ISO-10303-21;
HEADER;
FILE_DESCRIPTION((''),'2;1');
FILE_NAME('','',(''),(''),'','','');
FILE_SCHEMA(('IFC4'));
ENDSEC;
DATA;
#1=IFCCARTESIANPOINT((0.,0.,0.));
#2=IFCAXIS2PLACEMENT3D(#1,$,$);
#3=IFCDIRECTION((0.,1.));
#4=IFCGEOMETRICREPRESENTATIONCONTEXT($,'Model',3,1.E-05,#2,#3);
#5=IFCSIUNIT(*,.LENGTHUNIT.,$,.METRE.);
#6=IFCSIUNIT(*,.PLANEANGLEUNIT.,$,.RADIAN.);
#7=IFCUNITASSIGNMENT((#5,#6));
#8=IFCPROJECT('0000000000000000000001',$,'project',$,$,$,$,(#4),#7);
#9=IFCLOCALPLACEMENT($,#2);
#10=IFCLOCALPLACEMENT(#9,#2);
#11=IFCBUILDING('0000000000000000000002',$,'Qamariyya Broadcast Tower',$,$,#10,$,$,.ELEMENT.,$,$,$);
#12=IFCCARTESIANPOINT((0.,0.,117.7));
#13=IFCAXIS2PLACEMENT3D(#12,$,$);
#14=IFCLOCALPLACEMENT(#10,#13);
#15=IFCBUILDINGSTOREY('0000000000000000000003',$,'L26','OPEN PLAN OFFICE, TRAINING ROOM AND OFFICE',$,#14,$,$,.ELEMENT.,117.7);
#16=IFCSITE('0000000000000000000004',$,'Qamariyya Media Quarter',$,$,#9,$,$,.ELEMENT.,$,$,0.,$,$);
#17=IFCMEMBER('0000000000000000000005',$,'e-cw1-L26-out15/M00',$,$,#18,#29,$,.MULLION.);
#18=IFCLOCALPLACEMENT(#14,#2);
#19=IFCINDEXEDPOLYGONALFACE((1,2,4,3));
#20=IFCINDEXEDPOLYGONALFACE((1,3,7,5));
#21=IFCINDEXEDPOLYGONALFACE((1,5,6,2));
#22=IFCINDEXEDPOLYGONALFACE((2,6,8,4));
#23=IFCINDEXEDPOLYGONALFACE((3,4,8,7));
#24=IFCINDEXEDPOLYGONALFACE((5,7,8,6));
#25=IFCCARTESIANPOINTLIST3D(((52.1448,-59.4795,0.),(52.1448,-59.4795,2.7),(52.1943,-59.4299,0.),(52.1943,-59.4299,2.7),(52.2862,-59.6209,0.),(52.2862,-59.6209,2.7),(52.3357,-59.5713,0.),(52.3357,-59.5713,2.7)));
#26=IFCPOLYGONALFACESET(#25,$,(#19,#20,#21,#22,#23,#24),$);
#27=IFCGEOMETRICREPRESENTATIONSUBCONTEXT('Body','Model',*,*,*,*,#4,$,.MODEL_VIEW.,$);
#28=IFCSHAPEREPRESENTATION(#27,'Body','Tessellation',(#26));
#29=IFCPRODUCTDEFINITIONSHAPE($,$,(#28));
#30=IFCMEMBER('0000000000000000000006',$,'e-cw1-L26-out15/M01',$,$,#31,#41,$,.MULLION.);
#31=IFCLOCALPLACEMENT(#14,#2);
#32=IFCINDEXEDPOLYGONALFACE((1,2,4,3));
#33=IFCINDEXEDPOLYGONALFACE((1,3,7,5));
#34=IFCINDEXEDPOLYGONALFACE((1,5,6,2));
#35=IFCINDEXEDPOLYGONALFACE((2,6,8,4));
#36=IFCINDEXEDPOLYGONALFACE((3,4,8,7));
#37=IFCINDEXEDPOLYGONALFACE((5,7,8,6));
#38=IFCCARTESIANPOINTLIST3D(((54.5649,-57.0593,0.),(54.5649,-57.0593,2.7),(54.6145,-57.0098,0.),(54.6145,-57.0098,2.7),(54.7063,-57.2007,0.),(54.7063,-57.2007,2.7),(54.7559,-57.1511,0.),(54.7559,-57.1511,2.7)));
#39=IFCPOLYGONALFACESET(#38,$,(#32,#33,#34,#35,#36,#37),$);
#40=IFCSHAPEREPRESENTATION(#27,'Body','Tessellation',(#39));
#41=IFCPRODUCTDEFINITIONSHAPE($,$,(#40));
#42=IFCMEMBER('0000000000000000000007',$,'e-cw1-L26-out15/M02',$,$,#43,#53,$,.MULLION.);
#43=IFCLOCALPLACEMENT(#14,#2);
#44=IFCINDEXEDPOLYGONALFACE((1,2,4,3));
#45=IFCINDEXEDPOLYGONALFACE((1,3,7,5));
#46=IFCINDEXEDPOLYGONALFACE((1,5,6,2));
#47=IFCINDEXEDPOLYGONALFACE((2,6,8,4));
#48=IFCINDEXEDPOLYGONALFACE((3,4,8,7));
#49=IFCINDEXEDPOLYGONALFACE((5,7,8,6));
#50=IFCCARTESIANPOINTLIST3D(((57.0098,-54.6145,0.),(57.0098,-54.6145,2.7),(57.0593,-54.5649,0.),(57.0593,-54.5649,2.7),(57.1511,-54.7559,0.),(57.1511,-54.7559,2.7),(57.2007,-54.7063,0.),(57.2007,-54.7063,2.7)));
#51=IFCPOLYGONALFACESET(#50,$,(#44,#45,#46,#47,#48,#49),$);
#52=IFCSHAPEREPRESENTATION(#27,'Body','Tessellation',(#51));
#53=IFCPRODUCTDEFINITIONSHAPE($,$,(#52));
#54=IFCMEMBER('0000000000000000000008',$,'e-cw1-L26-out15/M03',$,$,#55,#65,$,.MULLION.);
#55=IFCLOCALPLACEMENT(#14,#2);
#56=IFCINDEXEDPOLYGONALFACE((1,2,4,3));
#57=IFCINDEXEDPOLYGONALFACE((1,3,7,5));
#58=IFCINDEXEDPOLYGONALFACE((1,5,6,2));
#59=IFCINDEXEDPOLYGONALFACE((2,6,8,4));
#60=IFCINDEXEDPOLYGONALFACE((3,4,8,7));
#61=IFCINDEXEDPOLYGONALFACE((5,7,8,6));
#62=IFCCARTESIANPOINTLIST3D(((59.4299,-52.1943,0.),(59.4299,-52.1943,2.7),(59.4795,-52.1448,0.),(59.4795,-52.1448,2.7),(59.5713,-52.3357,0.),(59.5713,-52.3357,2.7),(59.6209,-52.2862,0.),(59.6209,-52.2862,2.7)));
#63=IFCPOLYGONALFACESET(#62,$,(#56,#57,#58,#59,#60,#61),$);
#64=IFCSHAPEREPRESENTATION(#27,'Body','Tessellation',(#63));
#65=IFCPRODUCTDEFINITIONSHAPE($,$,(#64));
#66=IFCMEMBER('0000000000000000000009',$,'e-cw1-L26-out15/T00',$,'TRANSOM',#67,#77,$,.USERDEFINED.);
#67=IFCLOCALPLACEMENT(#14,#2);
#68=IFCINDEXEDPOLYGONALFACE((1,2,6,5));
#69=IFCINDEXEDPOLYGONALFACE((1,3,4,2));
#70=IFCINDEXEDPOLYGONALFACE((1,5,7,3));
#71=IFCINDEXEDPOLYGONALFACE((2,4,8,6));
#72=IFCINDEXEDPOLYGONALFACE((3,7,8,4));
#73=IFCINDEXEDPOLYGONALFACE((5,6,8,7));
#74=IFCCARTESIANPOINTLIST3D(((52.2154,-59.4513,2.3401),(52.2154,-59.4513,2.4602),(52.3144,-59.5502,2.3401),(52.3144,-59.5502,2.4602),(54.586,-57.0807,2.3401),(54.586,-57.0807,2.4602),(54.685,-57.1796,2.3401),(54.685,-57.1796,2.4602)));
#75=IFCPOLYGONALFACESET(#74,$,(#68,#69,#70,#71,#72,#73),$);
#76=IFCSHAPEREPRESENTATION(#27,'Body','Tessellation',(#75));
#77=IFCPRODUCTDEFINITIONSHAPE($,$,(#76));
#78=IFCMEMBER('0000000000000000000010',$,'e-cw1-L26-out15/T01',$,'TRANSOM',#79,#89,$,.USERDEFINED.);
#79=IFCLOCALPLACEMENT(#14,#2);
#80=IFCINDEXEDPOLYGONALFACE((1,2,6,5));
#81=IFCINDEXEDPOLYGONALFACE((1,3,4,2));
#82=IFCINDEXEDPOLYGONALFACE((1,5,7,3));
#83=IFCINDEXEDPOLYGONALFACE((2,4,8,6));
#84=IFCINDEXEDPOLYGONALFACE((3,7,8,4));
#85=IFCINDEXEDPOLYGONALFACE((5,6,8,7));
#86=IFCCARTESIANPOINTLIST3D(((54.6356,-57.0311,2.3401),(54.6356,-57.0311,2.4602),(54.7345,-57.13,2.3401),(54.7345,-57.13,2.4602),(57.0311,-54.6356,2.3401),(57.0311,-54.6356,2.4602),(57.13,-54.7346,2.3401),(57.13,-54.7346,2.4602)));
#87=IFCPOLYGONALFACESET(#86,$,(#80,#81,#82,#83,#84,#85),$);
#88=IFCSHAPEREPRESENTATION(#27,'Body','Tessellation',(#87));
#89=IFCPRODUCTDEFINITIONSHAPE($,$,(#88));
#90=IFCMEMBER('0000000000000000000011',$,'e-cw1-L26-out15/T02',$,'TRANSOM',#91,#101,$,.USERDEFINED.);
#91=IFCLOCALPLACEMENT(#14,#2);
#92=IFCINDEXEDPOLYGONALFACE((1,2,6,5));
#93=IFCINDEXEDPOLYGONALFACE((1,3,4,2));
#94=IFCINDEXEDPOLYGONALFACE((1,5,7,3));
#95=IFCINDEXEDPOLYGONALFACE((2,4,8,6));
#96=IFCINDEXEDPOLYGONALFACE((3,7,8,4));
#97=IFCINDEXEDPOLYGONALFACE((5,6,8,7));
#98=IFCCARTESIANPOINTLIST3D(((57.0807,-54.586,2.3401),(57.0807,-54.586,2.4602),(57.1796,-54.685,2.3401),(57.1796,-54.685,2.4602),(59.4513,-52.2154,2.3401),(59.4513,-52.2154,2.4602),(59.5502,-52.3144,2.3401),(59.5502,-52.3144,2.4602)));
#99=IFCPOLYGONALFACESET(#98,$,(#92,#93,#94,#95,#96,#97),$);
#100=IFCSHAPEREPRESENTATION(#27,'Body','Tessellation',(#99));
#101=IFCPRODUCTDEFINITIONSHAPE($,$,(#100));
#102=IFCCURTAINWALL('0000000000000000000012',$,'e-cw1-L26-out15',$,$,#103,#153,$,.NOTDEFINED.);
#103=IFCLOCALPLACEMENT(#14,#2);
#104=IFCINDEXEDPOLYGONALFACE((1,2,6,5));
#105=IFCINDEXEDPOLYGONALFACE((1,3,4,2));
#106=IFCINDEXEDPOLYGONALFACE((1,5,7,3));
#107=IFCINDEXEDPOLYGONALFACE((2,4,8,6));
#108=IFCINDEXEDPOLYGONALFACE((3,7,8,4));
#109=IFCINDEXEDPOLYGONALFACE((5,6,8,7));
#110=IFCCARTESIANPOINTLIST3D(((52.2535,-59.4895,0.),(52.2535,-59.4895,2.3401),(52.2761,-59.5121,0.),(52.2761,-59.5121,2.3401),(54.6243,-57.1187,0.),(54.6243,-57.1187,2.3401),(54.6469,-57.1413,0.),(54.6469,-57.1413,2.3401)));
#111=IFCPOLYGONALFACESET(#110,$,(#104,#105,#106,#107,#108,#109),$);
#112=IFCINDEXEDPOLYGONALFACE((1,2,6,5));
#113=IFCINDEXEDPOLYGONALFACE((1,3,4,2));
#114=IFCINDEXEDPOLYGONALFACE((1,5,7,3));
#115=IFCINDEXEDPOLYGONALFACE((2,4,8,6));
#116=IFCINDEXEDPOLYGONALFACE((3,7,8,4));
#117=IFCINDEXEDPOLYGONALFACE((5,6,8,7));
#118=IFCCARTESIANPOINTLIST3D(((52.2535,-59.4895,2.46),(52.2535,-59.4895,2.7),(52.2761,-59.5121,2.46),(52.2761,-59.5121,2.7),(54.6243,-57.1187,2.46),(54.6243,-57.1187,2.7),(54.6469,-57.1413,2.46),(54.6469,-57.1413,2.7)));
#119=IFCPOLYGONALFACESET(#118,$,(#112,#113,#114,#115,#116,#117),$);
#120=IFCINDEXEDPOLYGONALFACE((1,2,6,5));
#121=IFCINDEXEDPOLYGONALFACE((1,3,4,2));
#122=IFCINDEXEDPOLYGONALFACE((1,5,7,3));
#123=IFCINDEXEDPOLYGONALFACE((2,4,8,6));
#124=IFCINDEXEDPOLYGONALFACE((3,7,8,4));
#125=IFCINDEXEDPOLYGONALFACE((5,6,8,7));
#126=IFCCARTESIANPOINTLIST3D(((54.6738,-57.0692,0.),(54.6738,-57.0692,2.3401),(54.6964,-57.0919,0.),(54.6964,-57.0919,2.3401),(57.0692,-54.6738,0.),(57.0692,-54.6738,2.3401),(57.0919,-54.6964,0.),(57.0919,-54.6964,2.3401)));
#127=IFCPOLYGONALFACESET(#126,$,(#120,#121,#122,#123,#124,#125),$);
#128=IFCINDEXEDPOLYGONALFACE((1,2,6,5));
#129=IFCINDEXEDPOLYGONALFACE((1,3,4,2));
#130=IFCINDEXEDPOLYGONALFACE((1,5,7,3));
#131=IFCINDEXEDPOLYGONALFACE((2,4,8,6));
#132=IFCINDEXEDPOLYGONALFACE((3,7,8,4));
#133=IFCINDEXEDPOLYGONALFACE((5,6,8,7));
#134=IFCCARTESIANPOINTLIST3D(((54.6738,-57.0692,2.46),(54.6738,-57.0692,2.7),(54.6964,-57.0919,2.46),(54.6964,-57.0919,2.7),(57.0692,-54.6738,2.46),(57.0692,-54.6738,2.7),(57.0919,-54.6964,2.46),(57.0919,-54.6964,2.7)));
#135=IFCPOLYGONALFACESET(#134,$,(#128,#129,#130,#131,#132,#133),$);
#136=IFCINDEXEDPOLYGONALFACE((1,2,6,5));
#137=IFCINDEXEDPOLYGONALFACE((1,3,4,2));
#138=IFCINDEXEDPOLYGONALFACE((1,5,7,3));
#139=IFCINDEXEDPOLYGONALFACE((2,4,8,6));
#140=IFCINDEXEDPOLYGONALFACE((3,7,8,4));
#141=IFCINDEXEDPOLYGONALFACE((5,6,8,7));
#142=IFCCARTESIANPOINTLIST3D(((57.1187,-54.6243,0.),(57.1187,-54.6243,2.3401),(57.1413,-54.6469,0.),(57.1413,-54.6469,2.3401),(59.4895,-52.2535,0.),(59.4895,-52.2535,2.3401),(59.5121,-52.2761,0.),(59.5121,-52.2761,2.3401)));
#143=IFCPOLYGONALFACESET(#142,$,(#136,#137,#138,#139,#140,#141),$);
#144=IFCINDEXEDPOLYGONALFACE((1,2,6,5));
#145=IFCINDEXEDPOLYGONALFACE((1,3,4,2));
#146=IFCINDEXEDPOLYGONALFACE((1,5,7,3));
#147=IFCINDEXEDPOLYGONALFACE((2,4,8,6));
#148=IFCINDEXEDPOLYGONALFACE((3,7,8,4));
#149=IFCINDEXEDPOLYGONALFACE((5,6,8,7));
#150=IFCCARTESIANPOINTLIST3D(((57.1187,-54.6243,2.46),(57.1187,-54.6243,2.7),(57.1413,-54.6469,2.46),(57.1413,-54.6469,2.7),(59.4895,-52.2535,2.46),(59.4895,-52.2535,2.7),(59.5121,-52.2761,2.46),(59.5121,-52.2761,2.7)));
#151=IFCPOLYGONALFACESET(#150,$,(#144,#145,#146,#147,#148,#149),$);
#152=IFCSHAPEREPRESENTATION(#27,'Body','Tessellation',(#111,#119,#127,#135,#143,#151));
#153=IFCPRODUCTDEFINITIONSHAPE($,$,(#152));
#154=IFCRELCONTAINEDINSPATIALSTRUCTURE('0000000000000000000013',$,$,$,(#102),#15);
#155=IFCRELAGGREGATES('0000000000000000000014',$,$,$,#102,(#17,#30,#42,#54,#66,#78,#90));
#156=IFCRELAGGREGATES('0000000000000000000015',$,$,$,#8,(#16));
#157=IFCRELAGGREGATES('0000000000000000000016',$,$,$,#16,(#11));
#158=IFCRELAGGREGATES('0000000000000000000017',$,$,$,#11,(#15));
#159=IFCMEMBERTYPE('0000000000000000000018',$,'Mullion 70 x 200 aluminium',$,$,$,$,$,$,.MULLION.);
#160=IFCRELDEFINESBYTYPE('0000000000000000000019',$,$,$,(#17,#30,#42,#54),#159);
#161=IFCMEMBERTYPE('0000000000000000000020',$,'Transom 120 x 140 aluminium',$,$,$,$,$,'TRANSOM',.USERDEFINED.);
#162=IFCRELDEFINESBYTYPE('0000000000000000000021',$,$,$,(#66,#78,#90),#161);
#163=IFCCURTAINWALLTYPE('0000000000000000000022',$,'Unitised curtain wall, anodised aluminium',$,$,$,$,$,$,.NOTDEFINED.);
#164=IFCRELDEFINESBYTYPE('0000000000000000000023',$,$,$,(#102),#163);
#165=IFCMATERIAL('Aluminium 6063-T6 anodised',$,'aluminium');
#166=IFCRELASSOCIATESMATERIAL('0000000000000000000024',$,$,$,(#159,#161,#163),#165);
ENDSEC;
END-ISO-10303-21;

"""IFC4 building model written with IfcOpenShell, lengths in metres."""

from ifc_helpers import new_model, si_unit, direction, frame, origin, origin_2d, place, context, subcontext, project, spatial, rectangle, extrude, material, material_profile, profile_set, type_object, element, aggregate, save


model = new_model("IFC4")

# Units and contexts
model_context = context("Model", 3, precision=1e-05, world=origin(), true_north=direction((0.0, 1.0)))
body_context = subcontext(model_context, "Body", "Model", "MODEL_VIEW")
ifc_project = project(units=[si_unit("LENGTHUNIT", "METRE"), si_unit("PLANEANGLEUNIT", "RADIAN")], contexts=[model_context])

# Members
ifc_material_1 = material(Name="Aluminium 6063-T6 anodised", Category="aluminium")
ifc_material_profile_1 = material_profile(ifc_material_1, rectangle(XDim=0.2, YDim=0.0701, at=origin_2d()))
ifc_profile_set_1 = profile_set([ifc_material_profile_1], Name="Aluminium 6063-T6 anodised")
member_type_1 = type_object("IfcMemberType", Name="Mullion 70 x 200 aluminium", PredefinedType="MULLION", material=ifc_profile_set_1)
site_placement = place(None, origin())
building_placement = place(site_placement, origin())
storey_placement = place(building_placement, frame((0.0, 0.0, 117.7)))
member_1_placement = place(storey_placement, frame((52.2402, -59.5254, 0.0), z_axis=(0.0, 0.0, 1.0), x_axis=(-0.707107, 0.707107, 0.0)))
member_1 = element("IfcMember", 1, at=member_1_placement, type_object=member_type_1, Name="e-cw1-L26-out15/M00", PredefinedType="MULLION", context=body_context, shape_type="SweptSolid", body=[
    extrude(rectangle(XDim=0.2, YDim=0.0701, at=origin_2d()), origin(), (0.0, 0.0, 1.0), 2.7),
])
member_2_placement = place(storey_placement, frame((54.6604, -57.1052, 0.0), z_axis=(0.0, 0.0, 1.0), x_axis=(-0.707107, 0.707107, 0.0)))
member_2 = element("IfcMember", 2, at=member_2_placement, type_object=member_type_1, Name="e-cw1-L26-out15/M01", PredefinedType="MULLION", context=body_context, shape_type="SweptSolid", body=[
    extrude(rectangle(XDim=0.2, YDim=0.0701, at=origin_2d()), origin(), (0.0, 0.0, 1.0), 2.7),
])
member_3_placement = place(storey_placement, frame((57.1052, -54.6604, 0.0), z_axis=(0.0, 0.0, 1.0), x_axis=(-0.707107, 0.707107, 0.0)))
member_3 = element("IfcMember", 3, at=member_3_placement, type_object=member_type_1, Name="e-cw1-L26-out15/M02", PredefinedType="MULLION", context=body_context, shape_type="SweptSolid", body=[
    extrude(rectangle(XDim=0.2, YDim=0.0701, at=origin_2d()), origin(), (0.0, 0.0, 1.0), 2.7),
])
member_4_placement = place(storey_placement, frame((59.5254, -52.2402, 0.0), z_axis=(0.0, 0.0, 1.0), x_axis=(-0.707107, 0.707107, 0.0)))
member_4 = element("IfcMember", 4, at=member_4_placement, type_object=member_type_1, Name="e-cw1-L26-out15/M03", PredefinedType="MULLION", context=body_context, shape_type="SweptSolid", body=[
    extrude(rectangle(XDim=0.2, YDim=0.0701, at=origin_2d()), origin(), (0.0, 0.0, 1.0), 2.7),
])
ifc_material_profile_2 = material_profile(ifc_material_1, rectangle(XDim=0.1399, YDim=0.1201, at=origin_2d()))
ifc_profile_set_2 = profile_set([ifc_material_profile_2], Name="Aluminium 6063-T6 anodised")
member_type_2 = type_object("IfcMemberType", Name="Transom 120 x 140 aluminium", ElementType="TRANSOM", PredefinedType="USERDEFINED", material=ifc_profile_set_2)
member_5_placement = place(storey_placement, frame((52.2649, -59.5007, 2.4001), z_axis=(0.707107, 0.707107, 0.0), x_axis=(-0.707107, 0.707107, 0.0)))
member_5 = element("IfcMember", 5, at=member_5_placement, type_object=member_type_2, Name="e-cw1-L26-out15/T00", ObjectType="TRANSOM", PredefinedType="USERDEFINED", context=body_context, shape_type="SweptSolid", body=[
    extrude(rectangle(XDim=0.1399, YDim=0.1201, at=origin_2d()), origin(), (0.0, 0.0, 1.0), 3.3525),
])
member_6_placement = place(storey_placement, frame((54.6851, -57.0806, 2.4001), z_axis=(0.707107, 0.707107, 0.0), x_axis=(-0.707107, 0.707107, 0.0)))
member_6 = element("IfcMember", 6, at=member_6_placement, type_object=member_type_2, Name="e-cw1-L26-out15/T01", ObjectType="TRANSOM", PredefinedType="USERDEFINED", context=body_context, shape_type="SweptSolid", body=[
    extrude(rectangle(XDim=0.1399, YDim=0.1201, at=origin_2d()), origin(), (0.0, 0.0, 1.0), 3.3877),
])
member_7_placement = place(storey_placement, frame((57.1301, -54.6355, 2.4001), z_axis=(0.707107, 0.707107, 0.0), x_axis=(-0.707107, 0.707107, 0.0)))
member_7 = element("IfcMember", 7, at=member_7_placement, type_object=member_type_2, Name="e-cw1-L26-out15/T02", ObjectType="TRANSOM", PredefinedType="USERDEFINED", context=body_context, shape_type="SweptSolid", body=[
    extrude(rectangle(XDim=0.1399, YDim=0.1201, at=origin_2d()), origin(), (0.0, 0.0, 1.0), 3.3525),
])

# Site, building, storey
site = spatial("IfcSite", under=ifc_project, at=site_placement, Name="Qamariyya Media Quarter", CompositionType="ELEMENT", RefElevation=0.0)
building = spatial("IfcBuilding", under=site, at=building_placement, Name="Qamariyya Broadcast Tower", CompositionType="ELEMENT")
storey = spatial("IfcBuildingStorey", under=building, at=storey_placement, Name="L26", Description="OPEN PLAN OFFICE, TRAINING ROOM AND OFFICE", CompositionType="ELEMENT", Elevation=117.7)

# Curtain wall
curtain_wall_type = type_object("IfcCurtainWallType", Name="Unitised curtain wall, anodised aluminium", PredefinedType="NOTDEFINED", material=ifc_material_1)
curtain_wall_1_placement = place(storey_placement, origin())
curtain_wall_1 = element("IfcCurtainWall", 8, at=curtain_wall_1_placement, inside=storey, type_object=curtain_wall_type, Name="e-cw1-L26-out15", PredefinedType="NOTDEFINED", context=body_context, shape_type="SweptSolid", body=[
    extrude(rectangle(XDim=3.3528, YDim=0.032, at=origin_2d()), frame((53.4502, -58.3154, 0.0), x_axis=(0.707107, 0.707107, 0.0)), (0.0, 0.0, 1.0), 2.3401),
    extrude(rectangle(XDim=3.3528, YDim=0.032, at=origin_2d()), frame((53.4502, -58.3154, 2.46), x_axis=(0.707107, 0.707107, 0.0)), (0.0, 0.0, 1.0), 0.24),
    extrude(rectangle(XDim=3.3877, YDim=0.032, at=origin_2d()), frame((55.8828, -55.8828, 0.0), x_axis=(0.707107, 0.707107, 0.0)), (0.0, 0.0, 1.0), 2.3401),
    extrude(rectangle(XDim=3.3877, YDim=0.032, at=origin_2d()), frame((55.8828, -55.8828, 2.46), x_axis=(0.707107, 0.707107, 0.0)), (0.0, 0.0, 1.0), 0.24),
    extrude(rectangle(XDim=3.3528, YDim=0.032, at=origin_2d()), frame((58.3154, -53.4502, 0.0), x_axis=(0.707107, 0.707107, 0.0)), (0.0, 0.0, 1.0), 2.3401),
    extrude(rectangle(XDim=3.3528, YDim=0.032, at=origin_2d()), frame((58.3154, -53.4502, 2.46), x_axis=(0.707107, 0.707107, 0.0)), (0.0, 0.0, 1.0), 0.24),
])
aggregate(curtain_wall_1, [member_1, member_2, member_3, member_4, member_5, member_6, member_7])

save(model, "model.ifc")
